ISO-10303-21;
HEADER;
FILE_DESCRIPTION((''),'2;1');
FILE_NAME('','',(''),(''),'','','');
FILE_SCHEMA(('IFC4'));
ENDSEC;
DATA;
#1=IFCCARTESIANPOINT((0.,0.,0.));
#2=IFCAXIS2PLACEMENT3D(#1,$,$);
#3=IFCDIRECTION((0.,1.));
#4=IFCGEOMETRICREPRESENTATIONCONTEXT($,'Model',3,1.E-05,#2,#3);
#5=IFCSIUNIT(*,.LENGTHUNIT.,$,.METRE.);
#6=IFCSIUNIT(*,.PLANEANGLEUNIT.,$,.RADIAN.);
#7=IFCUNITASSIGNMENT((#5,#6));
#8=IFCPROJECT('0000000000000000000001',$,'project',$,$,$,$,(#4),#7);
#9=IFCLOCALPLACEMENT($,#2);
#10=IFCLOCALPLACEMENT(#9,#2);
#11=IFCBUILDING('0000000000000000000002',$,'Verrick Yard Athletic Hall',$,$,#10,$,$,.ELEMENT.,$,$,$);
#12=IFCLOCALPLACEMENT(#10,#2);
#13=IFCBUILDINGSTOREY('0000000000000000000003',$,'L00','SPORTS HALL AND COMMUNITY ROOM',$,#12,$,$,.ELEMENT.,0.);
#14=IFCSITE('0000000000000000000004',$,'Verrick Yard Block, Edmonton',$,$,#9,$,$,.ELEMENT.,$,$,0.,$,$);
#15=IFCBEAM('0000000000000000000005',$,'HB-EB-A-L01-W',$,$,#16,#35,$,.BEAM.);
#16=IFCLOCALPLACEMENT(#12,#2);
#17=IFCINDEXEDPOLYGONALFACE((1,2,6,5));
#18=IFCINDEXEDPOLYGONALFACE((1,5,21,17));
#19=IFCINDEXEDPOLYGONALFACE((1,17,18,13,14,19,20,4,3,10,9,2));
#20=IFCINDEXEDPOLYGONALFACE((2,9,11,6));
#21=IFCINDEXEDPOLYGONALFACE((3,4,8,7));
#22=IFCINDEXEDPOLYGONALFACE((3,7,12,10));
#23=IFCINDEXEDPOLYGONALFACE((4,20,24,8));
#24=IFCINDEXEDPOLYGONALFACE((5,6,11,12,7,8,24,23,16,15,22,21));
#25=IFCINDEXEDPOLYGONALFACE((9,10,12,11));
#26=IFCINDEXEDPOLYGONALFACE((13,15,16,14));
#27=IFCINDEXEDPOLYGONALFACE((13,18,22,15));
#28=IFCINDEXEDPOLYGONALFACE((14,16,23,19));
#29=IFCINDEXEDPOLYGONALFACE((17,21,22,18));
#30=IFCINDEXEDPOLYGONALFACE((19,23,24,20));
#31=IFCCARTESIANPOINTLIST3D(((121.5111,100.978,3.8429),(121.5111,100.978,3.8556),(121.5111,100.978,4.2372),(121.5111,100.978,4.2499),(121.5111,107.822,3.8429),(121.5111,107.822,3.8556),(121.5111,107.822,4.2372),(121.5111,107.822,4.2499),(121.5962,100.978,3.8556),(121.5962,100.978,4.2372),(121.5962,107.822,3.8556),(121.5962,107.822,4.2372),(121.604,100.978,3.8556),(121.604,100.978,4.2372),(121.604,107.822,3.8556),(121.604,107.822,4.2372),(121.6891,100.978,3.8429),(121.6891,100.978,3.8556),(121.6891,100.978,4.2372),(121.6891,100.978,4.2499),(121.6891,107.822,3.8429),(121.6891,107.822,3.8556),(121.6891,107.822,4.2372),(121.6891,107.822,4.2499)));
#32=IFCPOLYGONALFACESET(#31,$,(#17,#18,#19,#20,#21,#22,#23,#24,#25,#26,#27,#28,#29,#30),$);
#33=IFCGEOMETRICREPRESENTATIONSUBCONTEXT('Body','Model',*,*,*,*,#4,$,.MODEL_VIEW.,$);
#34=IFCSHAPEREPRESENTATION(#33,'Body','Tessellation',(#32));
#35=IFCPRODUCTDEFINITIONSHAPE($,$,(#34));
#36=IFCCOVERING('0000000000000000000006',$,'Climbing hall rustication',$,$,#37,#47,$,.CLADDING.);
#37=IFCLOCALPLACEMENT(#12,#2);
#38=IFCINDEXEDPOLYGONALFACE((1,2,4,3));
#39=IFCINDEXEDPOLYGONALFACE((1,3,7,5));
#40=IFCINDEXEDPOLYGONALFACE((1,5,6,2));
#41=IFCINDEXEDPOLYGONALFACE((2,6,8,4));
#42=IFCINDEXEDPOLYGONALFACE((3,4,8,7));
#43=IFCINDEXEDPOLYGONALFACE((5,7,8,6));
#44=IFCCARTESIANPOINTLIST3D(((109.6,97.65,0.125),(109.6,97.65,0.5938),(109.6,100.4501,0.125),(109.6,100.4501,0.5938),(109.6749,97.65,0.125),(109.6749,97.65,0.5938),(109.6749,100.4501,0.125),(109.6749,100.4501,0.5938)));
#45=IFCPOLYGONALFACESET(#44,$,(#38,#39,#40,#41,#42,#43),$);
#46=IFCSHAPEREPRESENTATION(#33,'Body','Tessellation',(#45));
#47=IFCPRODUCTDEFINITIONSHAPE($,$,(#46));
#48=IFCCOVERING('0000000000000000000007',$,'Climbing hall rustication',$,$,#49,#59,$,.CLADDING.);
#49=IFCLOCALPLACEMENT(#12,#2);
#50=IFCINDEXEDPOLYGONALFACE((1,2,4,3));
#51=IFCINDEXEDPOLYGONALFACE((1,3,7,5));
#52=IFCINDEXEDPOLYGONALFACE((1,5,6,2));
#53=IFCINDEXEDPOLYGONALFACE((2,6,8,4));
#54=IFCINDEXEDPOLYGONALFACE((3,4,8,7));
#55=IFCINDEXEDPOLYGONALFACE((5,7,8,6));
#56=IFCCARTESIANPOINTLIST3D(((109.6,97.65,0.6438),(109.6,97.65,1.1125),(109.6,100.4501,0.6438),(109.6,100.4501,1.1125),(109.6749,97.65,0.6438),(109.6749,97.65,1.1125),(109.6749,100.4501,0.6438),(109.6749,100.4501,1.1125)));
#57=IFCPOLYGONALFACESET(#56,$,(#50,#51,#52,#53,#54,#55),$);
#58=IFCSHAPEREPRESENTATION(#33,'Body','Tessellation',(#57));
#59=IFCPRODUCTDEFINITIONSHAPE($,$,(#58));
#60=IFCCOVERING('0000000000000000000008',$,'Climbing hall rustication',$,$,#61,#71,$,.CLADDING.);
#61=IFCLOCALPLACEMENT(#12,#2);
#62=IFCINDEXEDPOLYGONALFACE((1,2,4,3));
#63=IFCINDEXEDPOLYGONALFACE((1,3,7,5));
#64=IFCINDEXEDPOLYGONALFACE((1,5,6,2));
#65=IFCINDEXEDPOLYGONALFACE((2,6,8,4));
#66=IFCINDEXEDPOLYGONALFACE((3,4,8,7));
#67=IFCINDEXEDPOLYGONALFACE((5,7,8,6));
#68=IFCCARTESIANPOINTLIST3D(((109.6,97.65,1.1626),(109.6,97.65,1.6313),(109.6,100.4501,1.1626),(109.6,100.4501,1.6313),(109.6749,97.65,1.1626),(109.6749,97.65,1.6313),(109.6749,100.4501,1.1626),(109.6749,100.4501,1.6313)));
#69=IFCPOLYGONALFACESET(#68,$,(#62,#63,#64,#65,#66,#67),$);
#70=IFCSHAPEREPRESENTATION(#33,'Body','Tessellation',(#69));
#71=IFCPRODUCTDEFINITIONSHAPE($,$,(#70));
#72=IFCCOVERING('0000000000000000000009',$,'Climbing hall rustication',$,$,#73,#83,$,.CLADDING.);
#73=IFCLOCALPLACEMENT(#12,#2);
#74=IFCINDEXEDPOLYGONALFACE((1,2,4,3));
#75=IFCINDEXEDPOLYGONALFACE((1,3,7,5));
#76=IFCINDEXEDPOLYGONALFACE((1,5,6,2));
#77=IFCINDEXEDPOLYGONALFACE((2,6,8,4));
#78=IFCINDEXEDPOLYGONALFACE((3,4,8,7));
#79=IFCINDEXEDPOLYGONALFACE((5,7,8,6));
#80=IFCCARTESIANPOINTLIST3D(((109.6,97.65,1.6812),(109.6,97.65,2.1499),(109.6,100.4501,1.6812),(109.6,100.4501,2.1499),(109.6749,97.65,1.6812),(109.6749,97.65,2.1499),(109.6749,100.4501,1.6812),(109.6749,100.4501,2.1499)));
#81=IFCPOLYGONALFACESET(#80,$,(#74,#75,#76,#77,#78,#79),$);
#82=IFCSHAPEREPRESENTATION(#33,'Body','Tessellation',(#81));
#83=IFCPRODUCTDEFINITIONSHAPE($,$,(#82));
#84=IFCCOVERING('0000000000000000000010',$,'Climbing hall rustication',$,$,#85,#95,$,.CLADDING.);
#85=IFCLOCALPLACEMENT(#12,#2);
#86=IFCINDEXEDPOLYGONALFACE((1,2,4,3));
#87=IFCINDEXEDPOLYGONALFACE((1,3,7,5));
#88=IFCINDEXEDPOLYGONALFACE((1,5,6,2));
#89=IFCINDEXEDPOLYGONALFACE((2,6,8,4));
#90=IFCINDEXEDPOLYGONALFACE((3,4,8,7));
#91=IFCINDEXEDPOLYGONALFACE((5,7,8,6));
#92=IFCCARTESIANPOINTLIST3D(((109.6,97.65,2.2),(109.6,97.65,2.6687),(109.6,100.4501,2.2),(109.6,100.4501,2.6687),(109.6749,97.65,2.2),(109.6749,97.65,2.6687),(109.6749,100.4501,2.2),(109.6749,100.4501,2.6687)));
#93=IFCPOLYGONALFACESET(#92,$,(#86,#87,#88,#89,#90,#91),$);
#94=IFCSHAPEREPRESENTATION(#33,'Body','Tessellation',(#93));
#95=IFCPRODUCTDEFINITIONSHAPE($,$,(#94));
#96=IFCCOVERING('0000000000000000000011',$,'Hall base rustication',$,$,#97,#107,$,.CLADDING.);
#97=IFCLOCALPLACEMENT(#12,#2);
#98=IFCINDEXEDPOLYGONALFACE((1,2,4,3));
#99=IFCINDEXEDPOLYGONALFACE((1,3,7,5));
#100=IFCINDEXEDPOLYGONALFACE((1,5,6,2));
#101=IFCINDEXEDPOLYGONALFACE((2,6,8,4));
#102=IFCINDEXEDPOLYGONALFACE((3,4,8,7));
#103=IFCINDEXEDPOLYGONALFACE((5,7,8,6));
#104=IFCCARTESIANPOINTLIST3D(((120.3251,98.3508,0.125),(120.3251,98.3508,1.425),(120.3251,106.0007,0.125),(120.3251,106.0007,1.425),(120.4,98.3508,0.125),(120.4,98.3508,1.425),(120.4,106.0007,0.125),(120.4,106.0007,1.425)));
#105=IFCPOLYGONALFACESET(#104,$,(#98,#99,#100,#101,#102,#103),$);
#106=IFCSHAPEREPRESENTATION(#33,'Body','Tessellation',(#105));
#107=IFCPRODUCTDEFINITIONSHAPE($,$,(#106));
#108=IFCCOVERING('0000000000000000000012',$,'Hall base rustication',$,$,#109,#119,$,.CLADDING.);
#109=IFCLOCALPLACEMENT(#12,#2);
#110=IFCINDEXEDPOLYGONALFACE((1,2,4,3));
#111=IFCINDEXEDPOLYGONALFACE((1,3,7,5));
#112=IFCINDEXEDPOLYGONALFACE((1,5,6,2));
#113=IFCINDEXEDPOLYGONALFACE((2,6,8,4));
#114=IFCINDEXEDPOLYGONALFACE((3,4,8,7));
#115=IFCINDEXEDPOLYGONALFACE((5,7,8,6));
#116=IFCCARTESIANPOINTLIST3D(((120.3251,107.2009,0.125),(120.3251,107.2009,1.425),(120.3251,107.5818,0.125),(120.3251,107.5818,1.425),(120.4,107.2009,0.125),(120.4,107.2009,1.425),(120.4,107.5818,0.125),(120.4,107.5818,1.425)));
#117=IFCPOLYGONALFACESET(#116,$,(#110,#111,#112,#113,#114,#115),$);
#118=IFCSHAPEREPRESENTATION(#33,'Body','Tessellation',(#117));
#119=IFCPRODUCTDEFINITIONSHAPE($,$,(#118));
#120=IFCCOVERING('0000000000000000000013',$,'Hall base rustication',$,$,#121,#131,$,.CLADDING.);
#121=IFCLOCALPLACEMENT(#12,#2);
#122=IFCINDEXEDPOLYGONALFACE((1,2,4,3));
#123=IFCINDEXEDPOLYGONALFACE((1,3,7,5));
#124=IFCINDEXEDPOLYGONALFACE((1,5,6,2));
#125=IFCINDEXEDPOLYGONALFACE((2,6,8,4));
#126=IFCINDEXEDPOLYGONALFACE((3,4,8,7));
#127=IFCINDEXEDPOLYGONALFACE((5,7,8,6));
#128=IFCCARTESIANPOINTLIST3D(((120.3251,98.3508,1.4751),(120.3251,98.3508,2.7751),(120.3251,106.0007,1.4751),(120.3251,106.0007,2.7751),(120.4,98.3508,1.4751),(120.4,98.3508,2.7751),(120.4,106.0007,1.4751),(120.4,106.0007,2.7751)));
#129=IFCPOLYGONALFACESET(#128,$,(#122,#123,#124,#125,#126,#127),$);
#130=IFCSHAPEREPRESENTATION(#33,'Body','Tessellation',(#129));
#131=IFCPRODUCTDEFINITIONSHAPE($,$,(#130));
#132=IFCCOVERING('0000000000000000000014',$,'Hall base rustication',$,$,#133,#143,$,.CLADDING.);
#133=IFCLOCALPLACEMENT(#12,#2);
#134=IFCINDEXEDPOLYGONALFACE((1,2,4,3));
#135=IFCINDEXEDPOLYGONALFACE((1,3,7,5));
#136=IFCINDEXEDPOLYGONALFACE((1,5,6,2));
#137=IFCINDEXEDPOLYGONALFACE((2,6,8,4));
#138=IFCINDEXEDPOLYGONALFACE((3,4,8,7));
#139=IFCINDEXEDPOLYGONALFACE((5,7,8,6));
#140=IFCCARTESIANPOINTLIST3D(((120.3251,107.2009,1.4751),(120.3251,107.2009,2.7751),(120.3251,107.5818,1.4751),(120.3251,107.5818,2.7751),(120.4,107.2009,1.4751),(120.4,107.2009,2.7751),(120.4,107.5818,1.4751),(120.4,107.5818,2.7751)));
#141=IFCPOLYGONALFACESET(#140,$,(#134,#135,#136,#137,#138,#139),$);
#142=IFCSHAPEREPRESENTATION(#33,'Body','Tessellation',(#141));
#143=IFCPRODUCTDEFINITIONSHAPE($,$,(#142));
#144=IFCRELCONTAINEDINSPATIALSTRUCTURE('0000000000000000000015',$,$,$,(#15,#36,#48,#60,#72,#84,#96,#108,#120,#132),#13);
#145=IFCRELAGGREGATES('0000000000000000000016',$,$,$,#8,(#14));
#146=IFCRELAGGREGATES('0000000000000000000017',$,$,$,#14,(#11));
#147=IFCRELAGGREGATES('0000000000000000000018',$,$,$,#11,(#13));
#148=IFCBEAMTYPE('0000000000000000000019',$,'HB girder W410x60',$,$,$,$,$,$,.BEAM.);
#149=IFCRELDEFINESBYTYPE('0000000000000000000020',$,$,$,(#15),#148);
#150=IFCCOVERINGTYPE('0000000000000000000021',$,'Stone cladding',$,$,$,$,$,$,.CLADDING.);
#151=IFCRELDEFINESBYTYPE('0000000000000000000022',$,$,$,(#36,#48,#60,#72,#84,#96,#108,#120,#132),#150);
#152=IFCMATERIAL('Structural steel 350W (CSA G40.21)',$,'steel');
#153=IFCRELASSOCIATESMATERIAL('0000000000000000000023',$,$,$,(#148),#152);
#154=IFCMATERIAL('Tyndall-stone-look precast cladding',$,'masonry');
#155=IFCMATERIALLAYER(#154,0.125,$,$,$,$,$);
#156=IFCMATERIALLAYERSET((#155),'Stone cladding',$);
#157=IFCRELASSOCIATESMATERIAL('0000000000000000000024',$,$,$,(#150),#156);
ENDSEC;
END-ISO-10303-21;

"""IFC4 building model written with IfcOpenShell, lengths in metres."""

from ifc_helpers import new_model, si_unit, direction, frame, origin, origin_2d, place, context, subcontext, project, spatial, rectangle, i_section, extrude, material, layer, layer_set, material_profile, profile_set, type_object, element, save


model = new_model("IFC4")

# Units and contexts
model_context = context("Model", 3, precision=1e-05, world=origin(), true_north=direction((0.0, 1.0)))
body_context = subcontext(model_context, "Body", "Model", "MODEL_VIEW")
ifc_project = project(units=[si_unit("LENGTHUNIT", "METRE"), si_unit("PLANEANGLEUNIT", "RADIAN")], contexts=[model_context])

# Site, building, storey
site_placement = place(None, origin())
site = spatial("IfcSite", under=ifc_project, at=site_placement, Name="Verrick Yard Block, Edmonton", CompositionType="ELEMENT", RefElevation=0.0)
building_placement = place(site_placement, origin())
building = spatial("IfcBuilding", under=site, at=building_placement, Name="Verrick Yard Athletic Hall", CompositionType="ELEMENT")
storey_placement = place(building_placement, origin())
storey = spatial("IfcBuildingStorey", under=building, at=storey_placement, Name="L00", Description="SPORTS HALL AND COMMUNITY ROOM", CompositionType="ELEMENT", Elevation=0.0)

# Shared definitions
ifc_material_1 = material(Name="Structural steel 350W (CSA G40.21)", Category="steel")

# Beam
ifc_material_profile_1 = material_profile(ifc_material_1, i_section(OverallWidth=0.178, OverallDepth=0.407, WebThickness=0.0078, FlangeThickness=0.0127, at=origin_2d()), Name="W410x60")
ifc_profile_set_1 = profile_set([ifc_material_profile_1], Name="Structural steel 350W (CSA G40.21)")
beam_type_1 = type_object("IfcBeamType", Name="HB girder W410x60", PredefinedType="BEAM", material=ifc_profile_set_1)
beam_1_placement = place(storey_placement, frame((121.6001, 100.978, 4.0464), z_axis=(0.0, 1.0, 0.0), x_axis=(-1.0, 0.0, 0.0)))
element("IfcBeam", 1, at=beam_1_placement, inside=storey, type_object=beam_type_1, Name="HB-EB-A-L01-W", PredefinedType="BEAM", context=body_context, shape_type="SweptSolid", body=[
    extrude(i_section(OverallWidth=0.178, OverallDepth=0.407, WebThickness=0.0078, FlangeThickness=0.0127, at=origin_2d()), origin(), (0.0, 0.0, 1.0), 6.844),
])

# Shared definitions
ifc_material_2 = material(Name="Tyndall-stone-look precast cladding", Category="masonry")

# Coverings
ifc_layer_1 = layer(ifc_material_2, 0.125)
ifc_layer_set_1 = layer_set([ifc_layer_1], Name="Stone cladding")
covering_type = type_object("IfcCoveringType", Name="Stone cladding", PredefinedType="CLADDING", material=ifc_layer_set_1)
for number, where, z_axis, x_axis, name in (
    (2, (109.6375, 99.05, 0.125), (0.0, 0.0, 1.0), (0.0, 1.0, 0.0), "Climbing hall rustication"),
    (3, (109.6375, 99.05, 0.6438), (0.0, 0.0, 1.0), (0.0, 1.0, 0.0), "Climbing hall rustication"),
    (4, (109.6375, 99.05, 1.1626), (0.0, 0.0, 1.0), (0.0, 1.0, 0.0), "Climbing hall rustication"),
    (5, (109.6375, 99.05, 1.6812), (0.0, 0.0, 1.0), (0.0, 1.0, 0.0), "Climbing hall rustication"),
    (6, (109.6375, 99.05, 2.2), (0.0, 0.0, 1.0), (0.0, 1.0, 0.0), "Climbing hall rustication"),
):
    element("IfcCovering", number, at=place(storey_placement, frame(where, z_axis=z_axis, x_axis=x_axis)), inside=storey, type_object=covering_type, Name=name, PredefinedType="CLADDING", context=body_context, shape_type="SweptSolid", body=[
        extrude(rectangle(XDim=2.8, YDim=0.075, at=origin_2d()), origin(), (0.0, 0.0, 1.0), 0.4688),
    ])
covering_1_placement = place(storey_placement, frame((120.3625, 102.1758, 0.125), z_axis=(0.0, 0.0, 1.0), x_axis=(0.0, 1.0, 0.0)))
element("IfcCovering", 7, at=covering_1_placement, inside=storey, type_object=covering_type, Name="Hall base rustication", PredefinedType="CLADDING", context=body_context, shape_type="SweptSolid", body=[
    extrude(rectangle(XDim=7.6499, YDim=0.075, at=origin_2d()), origin(), (0.0, 0.0, 1.0), 1.3),
])
covering_2_placement = place(storey_placement, frame((120.3625, 107.3914, 0.125), z_axis=(0.0, 0.0, 1.0), x_axis=(0.0, 1.0, 0.0)))
element("IfcCovering", 8, at=covering_2_placement, inside=storey, type_object=covering_type, Name="Hall base rustication", PredefinedType="CLADDING", context=body_context, shape_type="SweptSolid", body=[
    extrude(rectangle(XDim=0.3809, YDim=0.075, at=origin_2d()), origin(), (0.0, 0.0, 1.0), 1.3),
])
covering_3_placement = place(storey_placement, frame((120.3625, 102.1758, 1.4751), z_axis=(0.0, 0.0, 1.0), x_axis=(0.0, 1.0, 0.0)))
element("IfcCovering", 9, at=covering_3_placement, inside=storey, type_object=covering_type, Name="Hall base rustication", PredefinedType="CLADDING", context=body_context, shape_type="SweptSolid", body=[
    extrude(rectangle(XDim=7.6499, YDim=0.075, at=origin_2d()), origin(), (0.0, 0.0, 1.0), 1.3),
])
covering_4_placement = place(storey_placement, frame((120.3625, 107.3914, 1.4751), z_axis=(0.0, 0.0, 1.0), x_axis=(0.0, 1.0, 0.0)))
element("IfcCovering", 10, at=covering_4_placement, inside=storey, type_object=covering_type, Name="Hall base rustication", PredefinedType="CLADDING", context=body_context, shape_type="SweptSolid", body=[
    extrude(rectangle(XDim=0.3809, YDim=0.075, at=origin_2d()), origin(), (0.0, 0.0, 1.0), 1.3),
])

save(model, "model.ifc")
